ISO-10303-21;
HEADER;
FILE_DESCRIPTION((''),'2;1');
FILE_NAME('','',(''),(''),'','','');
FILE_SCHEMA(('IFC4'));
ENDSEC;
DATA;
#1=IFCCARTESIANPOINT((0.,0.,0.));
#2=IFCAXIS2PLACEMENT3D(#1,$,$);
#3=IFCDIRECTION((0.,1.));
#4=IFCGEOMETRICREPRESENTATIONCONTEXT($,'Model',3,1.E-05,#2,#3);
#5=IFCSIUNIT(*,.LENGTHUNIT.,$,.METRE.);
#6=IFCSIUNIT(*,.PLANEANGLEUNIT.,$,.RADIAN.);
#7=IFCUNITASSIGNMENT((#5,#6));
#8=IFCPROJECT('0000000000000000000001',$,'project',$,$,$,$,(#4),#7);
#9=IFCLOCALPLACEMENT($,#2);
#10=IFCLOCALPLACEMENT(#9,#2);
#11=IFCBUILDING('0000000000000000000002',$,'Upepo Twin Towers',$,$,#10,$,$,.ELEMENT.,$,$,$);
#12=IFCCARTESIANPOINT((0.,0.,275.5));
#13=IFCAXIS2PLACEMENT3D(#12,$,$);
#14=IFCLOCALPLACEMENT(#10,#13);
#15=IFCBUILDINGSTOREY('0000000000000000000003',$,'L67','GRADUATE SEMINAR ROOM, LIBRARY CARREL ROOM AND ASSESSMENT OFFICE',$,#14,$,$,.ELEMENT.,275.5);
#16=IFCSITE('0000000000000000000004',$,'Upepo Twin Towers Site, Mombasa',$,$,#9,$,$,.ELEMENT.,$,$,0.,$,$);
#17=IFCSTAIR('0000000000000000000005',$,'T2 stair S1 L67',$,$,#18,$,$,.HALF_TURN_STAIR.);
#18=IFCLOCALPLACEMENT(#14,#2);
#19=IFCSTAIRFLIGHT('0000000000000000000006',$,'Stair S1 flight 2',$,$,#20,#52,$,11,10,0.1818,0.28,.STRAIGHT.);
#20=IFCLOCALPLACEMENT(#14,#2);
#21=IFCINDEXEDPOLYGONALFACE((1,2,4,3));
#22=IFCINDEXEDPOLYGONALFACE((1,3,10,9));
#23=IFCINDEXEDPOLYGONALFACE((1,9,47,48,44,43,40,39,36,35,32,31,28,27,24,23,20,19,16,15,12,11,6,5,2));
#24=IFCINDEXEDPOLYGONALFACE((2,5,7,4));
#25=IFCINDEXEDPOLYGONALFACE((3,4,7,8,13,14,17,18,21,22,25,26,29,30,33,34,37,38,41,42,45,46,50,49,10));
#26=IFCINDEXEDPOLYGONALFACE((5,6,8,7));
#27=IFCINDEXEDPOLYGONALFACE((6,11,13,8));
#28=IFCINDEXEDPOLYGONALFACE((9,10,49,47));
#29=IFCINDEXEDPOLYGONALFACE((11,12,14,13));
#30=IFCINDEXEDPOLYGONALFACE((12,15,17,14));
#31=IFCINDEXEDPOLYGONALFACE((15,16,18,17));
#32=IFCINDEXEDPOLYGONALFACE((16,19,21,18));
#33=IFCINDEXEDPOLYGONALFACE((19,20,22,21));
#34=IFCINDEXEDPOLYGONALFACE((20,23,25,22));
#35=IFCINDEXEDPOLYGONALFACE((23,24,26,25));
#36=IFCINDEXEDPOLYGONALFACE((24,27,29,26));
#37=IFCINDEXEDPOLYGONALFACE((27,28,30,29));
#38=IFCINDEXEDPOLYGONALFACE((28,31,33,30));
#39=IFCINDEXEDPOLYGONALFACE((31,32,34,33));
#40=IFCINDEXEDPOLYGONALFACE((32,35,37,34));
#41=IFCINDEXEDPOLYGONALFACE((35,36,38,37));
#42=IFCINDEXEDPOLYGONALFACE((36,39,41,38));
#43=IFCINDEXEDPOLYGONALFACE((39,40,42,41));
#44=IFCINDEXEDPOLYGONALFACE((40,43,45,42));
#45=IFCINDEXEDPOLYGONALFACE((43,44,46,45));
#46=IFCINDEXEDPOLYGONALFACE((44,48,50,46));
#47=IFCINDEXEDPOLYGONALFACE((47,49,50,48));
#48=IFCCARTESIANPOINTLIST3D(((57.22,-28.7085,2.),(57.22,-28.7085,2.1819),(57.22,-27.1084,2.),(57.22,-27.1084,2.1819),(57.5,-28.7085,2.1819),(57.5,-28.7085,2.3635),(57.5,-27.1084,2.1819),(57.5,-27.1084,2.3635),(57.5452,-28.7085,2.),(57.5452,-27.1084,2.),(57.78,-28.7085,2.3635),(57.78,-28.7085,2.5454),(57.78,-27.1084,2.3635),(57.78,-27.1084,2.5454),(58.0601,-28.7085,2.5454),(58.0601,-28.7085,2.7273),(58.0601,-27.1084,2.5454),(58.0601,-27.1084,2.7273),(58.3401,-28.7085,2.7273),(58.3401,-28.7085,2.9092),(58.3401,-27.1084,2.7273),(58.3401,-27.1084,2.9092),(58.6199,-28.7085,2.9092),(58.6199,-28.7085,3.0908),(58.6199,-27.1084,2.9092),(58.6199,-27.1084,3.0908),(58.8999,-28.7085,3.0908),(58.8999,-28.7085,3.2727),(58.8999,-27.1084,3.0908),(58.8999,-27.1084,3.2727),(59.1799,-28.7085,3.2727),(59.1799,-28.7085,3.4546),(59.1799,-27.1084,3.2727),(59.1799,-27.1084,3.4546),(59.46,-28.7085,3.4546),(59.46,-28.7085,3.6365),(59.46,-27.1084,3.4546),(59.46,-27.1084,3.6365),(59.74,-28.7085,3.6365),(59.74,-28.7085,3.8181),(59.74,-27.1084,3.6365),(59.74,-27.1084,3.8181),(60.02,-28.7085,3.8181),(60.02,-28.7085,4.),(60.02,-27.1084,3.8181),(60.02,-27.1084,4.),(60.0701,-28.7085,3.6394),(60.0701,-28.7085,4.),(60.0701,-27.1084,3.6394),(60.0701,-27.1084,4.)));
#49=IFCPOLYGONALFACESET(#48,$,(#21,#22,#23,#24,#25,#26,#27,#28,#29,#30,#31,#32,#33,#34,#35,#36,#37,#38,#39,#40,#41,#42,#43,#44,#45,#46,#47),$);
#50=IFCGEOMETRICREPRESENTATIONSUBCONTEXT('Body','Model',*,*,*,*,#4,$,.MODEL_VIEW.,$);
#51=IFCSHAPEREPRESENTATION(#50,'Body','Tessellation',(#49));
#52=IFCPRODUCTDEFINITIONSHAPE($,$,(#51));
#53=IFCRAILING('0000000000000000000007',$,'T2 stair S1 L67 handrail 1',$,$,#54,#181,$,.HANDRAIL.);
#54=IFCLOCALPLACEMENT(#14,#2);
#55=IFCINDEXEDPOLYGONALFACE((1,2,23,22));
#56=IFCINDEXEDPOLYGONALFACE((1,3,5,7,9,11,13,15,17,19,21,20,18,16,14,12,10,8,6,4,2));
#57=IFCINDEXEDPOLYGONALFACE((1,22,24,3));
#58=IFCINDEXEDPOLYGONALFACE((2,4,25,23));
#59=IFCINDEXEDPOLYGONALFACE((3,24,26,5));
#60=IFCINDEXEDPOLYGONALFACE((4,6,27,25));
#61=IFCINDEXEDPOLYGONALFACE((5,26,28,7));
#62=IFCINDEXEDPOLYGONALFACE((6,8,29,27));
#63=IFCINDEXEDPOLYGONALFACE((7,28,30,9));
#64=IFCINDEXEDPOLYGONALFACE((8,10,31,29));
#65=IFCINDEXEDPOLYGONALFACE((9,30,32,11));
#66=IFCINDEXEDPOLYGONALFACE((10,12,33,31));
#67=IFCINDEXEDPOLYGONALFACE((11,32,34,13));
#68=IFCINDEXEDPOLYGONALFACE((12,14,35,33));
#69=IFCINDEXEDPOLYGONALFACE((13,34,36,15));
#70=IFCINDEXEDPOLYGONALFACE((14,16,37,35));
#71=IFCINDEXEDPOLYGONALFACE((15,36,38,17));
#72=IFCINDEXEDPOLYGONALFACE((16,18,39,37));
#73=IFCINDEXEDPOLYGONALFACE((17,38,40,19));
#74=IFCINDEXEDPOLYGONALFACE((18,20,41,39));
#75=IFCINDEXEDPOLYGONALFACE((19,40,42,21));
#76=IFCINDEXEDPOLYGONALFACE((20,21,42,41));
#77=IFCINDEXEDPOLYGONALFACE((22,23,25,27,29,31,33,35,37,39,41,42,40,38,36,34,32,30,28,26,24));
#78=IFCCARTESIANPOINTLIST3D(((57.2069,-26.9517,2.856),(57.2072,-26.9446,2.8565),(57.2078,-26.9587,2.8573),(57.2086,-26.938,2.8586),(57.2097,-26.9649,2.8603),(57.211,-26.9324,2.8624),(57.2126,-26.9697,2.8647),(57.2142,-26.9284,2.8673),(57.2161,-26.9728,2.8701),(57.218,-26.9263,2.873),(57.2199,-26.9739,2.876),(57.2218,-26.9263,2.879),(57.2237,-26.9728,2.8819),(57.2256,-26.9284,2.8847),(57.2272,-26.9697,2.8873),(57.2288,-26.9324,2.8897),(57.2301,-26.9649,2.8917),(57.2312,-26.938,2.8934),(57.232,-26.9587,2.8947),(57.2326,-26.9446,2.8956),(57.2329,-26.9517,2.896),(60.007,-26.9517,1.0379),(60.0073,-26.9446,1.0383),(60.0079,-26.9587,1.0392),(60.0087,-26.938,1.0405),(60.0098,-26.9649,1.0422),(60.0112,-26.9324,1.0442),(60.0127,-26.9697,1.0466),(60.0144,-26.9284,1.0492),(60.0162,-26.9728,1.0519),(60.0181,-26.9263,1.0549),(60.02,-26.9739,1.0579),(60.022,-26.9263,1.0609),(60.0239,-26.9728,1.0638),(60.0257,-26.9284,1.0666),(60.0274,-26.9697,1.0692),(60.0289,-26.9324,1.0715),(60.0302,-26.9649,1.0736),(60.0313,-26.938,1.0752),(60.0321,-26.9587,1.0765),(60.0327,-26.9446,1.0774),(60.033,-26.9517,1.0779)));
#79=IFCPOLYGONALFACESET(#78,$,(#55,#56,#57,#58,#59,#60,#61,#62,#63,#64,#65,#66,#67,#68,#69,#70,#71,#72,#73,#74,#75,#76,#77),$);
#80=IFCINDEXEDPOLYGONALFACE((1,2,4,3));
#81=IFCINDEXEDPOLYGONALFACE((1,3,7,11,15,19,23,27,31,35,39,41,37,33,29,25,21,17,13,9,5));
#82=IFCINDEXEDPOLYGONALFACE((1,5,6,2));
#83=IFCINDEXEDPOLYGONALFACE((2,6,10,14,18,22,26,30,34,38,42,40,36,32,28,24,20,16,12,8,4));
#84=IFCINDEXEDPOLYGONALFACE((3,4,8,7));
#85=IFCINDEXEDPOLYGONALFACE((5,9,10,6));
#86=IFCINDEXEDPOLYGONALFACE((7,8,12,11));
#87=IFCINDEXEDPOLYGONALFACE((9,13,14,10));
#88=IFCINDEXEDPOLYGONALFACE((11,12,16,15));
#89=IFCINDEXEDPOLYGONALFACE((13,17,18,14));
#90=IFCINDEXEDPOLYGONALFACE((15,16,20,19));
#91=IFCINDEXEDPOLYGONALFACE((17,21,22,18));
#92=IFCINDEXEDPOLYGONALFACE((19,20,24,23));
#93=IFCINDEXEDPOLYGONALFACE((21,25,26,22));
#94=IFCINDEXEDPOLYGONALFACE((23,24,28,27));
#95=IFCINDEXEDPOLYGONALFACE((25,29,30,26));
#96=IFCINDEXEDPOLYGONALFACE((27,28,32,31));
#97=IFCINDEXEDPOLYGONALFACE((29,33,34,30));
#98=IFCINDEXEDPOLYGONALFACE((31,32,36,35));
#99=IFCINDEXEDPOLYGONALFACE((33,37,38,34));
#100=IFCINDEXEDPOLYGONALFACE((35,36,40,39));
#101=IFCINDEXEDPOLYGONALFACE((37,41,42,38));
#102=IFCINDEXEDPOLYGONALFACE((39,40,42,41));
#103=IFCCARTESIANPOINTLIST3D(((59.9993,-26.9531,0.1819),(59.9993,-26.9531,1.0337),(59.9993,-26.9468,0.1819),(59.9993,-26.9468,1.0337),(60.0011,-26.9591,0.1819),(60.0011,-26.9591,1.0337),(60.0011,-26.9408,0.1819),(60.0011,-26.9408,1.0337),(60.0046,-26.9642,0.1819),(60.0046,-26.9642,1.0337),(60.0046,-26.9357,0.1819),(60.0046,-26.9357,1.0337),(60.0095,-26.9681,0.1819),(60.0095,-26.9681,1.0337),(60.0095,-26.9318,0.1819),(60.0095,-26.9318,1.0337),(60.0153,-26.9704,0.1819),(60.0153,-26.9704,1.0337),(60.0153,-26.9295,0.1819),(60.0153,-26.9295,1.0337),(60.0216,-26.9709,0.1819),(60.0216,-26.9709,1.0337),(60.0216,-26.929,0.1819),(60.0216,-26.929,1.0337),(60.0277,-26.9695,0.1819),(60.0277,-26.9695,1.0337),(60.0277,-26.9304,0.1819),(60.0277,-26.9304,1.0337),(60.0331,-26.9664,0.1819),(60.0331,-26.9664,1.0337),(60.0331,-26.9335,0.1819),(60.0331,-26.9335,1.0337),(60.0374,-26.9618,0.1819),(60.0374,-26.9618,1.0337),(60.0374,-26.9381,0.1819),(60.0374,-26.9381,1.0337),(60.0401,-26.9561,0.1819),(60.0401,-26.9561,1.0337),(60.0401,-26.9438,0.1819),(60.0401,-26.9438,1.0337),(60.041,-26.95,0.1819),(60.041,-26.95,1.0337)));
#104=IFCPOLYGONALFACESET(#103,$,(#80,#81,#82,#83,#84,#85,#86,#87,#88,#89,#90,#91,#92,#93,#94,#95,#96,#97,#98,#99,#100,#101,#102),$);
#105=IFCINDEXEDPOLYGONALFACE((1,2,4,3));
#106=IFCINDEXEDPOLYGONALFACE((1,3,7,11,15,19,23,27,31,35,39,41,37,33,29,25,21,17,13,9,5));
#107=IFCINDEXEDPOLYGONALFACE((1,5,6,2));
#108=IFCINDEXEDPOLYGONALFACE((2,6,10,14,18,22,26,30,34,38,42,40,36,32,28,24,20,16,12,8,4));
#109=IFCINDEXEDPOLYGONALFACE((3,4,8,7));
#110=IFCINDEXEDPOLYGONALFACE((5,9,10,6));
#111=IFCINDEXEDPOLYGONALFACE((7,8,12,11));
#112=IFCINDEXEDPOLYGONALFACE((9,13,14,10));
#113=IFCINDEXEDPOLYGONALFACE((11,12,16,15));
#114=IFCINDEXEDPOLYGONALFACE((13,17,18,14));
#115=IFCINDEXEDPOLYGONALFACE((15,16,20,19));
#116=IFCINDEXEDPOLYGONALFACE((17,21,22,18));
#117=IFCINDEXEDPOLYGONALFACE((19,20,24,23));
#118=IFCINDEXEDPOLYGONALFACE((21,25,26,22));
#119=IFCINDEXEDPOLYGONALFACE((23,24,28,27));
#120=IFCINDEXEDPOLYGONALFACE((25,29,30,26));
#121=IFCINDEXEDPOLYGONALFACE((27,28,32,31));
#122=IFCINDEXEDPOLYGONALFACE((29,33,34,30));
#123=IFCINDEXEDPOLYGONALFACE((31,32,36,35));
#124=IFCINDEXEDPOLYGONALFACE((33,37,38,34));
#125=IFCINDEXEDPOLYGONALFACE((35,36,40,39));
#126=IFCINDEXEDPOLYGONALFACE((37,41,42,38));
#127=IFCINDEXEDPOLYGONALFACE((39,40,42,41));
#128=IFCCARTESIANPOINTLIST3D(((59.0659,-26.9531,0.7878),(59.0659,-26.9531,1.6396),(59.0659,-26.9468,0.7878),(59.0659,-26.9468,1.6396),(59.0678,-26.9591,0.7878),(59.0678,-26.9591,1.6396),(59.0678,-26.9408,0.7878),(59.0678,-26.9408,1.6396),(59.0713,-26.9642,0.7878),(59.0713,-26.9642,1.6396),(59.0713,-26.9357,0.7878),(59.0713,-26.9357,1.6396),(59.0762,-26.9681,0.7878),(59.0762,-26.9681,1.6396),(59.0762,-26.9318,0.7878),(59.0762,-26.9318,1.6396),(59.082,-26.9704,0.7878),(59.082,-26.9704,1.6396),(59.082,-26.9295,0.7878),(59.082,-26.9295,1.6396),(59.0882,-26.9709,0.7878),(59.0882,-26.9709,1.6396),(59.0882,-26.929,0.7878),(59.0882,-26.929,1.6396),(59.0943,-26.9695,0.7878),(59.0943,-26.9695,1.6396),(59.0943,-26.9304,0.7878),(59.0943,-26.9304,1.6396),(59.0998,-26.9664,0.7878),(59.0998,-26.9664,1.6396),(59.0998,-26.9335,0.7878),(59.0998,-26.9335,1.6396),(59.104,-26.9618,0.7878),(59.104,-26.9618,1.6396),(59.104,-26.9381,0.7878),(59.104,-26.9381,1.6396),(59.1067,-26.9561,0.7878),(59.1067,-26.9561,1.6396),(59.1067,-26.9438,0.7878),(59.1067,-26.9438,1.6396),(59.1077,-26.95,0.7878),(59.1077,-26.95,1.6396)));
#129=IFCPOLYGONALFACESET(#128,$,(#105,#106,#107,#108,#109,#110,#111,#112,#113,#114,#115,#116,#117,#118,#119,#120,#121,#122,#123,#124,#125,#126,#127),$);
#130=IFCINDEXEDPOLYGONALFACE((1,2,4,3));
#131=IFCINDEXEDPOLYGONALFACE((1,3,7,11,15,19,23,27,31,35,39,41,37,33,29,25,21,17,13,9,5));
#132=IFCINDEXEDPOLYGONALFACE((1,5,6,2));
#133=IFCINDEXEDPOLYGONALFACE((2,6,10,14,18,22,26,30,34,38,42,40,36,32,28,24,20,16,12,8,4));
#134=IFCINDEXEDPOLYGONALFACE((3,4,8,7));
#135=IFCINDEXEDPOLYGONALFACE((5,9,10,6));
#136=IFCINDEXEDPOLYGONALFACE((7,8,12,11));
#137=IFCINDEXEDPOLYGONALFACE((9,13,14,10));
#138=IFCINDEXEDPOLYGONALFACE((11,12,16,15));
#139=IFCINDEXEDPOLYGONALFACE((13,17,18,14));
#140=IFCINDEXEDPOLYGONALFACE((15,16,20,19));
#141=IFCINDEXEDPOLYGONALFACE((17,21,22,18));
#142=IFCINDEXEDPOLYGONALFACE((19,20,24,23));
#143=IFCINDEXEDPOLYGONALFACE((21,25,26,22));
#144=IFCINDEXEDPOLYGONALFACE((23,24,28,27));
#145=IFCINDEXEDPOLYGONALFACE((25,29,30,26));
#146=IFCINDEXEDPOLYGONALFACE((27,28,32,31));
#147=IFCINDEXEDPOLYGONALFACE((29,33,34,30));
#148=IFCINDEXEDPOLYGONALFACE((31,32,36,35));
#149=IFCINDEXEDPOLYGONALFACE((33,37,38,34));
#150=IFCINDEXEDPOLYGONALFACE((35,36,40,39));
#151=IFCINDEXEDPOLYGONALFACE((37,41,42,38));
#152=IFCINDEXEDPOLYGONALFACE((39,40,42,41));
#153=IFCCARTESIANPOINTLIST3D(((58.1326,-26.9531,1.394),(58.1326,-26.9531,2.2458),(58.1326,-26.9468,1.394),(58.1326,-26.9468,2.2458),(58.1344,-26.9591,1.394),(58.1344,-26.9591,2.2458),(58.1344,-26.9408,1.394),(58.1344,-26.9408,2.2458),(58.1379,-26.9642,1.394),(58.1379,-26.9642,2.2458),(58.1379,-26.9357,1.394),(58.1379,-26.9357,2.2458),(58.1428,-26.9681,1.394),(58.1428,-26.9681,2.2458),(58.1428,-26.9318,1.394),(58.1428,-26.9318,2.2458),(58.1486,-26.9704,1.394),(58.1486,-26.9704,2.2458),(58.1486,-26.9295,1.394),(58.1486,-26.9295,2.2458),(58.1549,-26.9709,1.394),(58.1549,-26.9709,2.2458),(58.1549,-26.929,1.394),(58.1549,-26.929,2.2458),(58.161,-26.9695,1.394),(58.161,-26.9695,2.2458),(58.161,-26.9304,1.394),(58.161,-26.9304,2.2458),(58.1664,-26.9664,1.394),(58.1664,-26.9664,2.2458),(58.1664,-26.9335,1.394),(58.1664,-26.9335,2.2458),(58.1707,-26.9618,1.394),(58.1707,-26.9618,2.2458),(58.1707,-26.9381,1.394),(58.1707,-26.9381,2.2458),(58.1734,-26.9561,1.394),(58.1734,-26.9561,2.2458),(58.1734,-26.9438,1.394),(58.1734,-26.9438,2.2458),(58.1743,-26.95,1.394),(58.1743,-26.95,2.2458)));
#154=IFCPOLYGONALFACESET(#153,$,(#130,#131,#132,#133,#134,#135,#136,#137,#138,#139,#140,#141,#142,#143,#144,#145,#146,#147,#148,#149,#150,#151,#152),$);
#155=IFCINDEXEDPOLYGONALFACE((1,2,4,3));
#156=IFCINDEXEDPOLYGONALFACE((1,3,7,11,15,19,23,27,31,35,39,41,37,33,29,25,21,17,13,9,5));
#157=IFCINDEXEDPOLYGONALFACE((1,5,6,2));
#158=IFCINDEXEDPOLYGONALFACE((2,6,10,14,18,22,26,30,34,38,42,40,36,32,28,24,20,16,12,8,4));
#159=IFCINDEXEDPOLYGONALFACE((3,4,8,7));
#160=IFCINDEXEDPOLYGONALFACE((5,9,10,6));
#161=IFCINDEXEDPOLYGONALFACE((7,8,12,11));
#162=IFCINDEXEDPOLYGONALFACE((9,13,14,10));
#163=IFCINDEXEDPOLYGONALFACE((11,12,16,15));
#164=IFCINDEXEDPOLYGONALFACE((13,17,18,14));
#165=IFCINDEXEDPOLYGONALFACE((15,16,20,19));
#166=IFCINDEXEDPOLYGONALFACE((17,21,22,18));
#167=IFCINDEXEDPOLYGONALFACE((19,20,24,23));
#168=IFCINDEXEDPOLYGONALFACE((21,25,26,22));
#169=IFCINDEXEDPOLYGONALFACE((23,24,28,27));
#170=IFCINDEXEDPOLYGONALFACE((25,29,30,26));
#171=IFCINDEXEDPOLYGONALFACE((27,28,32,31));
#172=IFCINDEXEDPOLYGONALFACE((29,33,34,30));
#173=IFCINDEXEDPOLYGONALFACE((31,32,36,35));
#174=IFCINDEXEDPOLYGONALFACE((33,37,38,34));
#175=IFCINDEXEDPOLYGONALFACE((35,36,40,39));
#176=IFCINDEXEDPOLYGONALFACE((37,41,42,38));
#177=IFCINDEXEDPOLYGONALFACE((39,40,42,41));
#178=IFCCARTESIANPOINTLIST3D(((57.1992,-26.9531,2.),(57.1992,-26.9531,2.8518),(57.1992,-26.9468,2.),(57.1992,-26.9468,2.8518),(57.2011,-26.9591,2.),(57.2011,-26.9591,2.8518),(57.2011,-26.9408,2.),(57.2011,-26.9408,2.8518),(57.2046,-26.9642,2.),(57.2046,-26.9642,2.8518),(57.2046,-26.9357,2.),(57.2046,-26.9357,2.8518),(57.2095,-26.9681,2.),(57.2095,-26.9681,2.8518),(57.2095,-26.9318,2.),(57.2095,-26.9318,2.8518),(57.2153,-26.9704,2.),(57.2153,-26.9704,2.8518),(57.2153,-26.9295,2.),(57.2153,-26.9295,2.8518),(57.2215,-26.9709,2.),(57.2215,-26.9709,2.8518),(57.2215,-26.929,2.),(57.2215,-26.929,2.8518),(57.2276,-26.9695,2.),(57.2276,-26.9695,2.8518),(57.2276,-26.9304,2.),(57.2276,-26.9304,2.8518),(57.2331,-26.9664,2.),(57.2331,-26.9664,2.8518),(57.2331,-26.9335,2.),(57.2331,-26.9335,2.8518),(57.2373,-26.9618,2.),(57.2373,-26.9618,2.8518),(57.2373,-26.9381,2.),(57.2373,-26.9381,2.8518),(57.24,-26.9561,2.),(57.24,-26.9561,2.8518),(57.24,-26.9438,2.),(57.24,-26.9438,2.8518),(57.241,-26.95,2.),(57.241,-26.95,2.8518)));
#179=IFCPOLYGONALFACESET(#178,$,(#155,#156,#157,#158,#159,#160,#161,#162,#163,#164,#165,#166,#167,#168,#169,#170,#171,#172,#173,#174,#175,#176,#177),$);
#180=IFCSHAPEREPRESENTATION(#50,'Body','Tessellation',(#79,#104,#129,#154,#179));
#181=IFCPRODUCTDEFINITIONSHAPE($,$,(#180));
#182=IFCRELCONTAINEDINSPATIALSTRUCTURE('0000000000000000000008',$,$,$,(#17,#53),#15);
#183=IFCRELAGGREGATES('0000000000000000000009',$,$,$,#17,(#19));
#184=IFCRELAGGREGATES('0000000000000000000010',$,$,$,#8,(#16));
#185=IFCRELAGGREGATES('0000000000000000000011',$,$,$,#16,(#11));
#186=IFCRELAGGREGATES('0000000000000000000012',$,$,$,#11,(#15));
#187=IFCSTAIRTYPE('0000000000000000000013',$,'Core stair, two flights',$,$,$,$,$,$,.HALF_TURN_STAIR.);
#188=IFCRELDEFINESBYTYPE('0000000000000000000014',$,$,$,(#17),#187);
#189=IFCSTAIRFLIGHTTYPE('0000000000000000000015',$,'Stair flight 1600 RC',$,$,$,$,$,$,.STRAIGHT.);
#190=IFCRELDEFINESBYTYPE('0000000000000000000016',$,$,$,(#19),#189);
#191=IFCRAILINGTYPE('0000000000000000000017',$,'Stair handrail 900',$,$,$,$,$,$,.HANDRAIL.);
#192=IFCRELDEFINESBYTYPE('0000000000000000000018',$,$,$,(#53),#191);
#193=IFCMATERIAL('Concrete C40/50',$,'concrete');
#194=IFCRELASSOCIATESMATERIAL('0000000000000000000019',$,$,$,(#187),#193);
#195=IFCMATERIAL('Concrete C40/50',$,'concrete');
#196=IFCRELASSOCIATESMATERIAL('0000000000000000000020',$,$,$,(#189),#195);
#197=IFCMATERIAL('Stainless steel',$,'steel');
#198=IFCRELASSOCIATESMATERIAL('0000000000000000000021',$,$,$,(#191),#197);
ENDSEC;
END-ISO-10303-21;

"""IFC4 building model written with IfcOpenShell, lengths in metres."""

from ifc_helpers import new_model, si_unit, direction, frame, origin, origin_2d, place, context, subcontext, project, spatial, polyline, circle, outline, extrude, material, type_object, element, aggregate, save


model = new_model("IFC4")

# Units and contexts
model_context = context("Model", 3, precision=1e-05, world=origin(), true_north=direction((0.0, 1.0)))
body_context = subcontext(model_context, "Body", "Model", "MODEL_VIEW")
ifc_project = project(units=[si_unit("LENGTHUNIT", "METRE"), si_unit("PLANEANGLEUNIT", "RADIAN")], contexts=[model_context])

# Site, building, storey
site_placement = place(None, origin())
site = spatial("IfcSite", under=ifc_project, at=site_placement, Name="Upepo Twin Towers Site, Mombasa", CompositionType="ELEMENT", RefElevation=0.0)
building_placement = place(site_placement, origin())
building = spatial("IfcBuilding", under=site, at=building_placement, Name="Upepo Twin Towers", CompositionType="ELEMENT")
storey_placement = place(building_placement, frame((0.0, 0.0, 275.5)))
storey = spatial("IfcBuildingStorey", under=building, at=storey_placement, Name="L67", Description="GRADUATE SEMINAR ROOM, LIBRARY CARREL ROOM AND ASSESSMENT OFFICE", CompositionType="ELEMENT", Elevation=275.5)

# Stair, stair flight
ifc_material_1 = material(Name="Concrete C40/50", Category="concrete")
stair_type = type_object("IfcStairType", Name="Core stair, two flights", PredefinedType="HALF_TURN_STAIR", material=ifc_material_1)
stair_placement = place(storey_placement, origin())
stair = element("IfcStair", 1, at=stair_placement, inside=storey, type_object=stair_type, Name="T2 stair S1 L67", PredefinedType="HALF_TURN_STAIR")
ifc_material_2 = material(Name="Concrete C40/50", Category="concrete")
stair_flight_type = type_object("IfcStairFlightType", Name="Stair flight 1600 RC", PredefinedType="STRAIGHT", material=ifc_material_2)
stair_flight_1_placement = place(storey_placement, frame((57.22, -27.9084, 2.0), z_axis=(0.0, 0.0, 1.0), x_axis=(1.0, 0.0, 0.0)))
stair_flight_1 = element("IfcStairFlight", 2, at=stair_flight_1_placement, type_object=stair_flight_type, Name="Stair S1 flight 2", NumberOfRisers=11, NumberOfTreads=10, PredefinedType="STRAIGHT", RiserHeight=0.1818, TreadLength=0.28, context=body_context, shape_type="SweptSolid", body=[
    extrude(outline(polyline([(0.0, 0.0), (0.0, 0.1819), (0.28, 0.1819), (0.28, 0.3635), (0.5601, 0.3635), (0.5601, 0.5454), (0.8401, 0.5454), (0.8401, 0.7273), (1.1201, 0.7273), (1.1201, 0.9092), (1.3999, 0.9092), (1.3999, 1.0908), (1.6799, 1.0908), (1.6799, 1.2727), (1.96, 1.2727), (1.96, 1.4546), (2.24, 1.4546), (2.24, 1.6365), (2.52, 1.6365), (2.52, 1.8181), (2.8, 1.8181), (2.8, 2.0), (2.8501, 2.0), (2.8501, 1.6394), (0.3252, 0.0), (0.0, 0.0)])), frame((0.0, 0.8, 0.0), z_axis=(0.0, -1.0, 0.0), x_axis=(1.0, 0.0, 0.0)), (0.0, 0.0, 1.0), 1.6001),
])
aggregate(stair, [stair_flight_1])

# Railing
ifc_material_3 = material(Name="Stainless steel", Category="steel")
railing_type = type_object("IfcRailingType", Name="Stair handrail 900", PredefinedType="HANDRAIL", material=ifc_material_3)
railing_1_placement = place(storey_placement, frame((60.02, -26.95, 0.1819)))
element("IfcRailing", 3, at=railing_1_placement, inside=storey, type_object=railing_type, Name="T2 stair S1 L67 handrail 1", PredefinedType="HANDRAIL", context=body_context, shape_type="SweptSolid", body=[
    extrude(circle(Radius=0.0239, at=origin_2d()), frame((0.0, 0.0, 0.876), z_axis=(-0.838706, 0.0, 0.544585), x_axis=(0.0, -1.0, 0.0)), (0.0, 0.0, 1.0), 3.3386),
    extrude(circle(Radius=0.021, at=origin_2d()), origin(), (0.0, 0.0, 1.0), 0.8518),
    extrude(circle(Radius=0.021, at=origin_2d()), frame((-0.9333, 0.0, 0.606)), (0.0, 0.0, 1.0), 0.8518),
    extrude(circle(Radius=0.021, at=origin_2d()), frame((-1.8667, 0.0, 1.2122)), (0.0, 0.0, 1.0), 0.8518),
    extrude(circle(Radius=0.021, at=origin_2d()), frame((-2.8, 0.0, 1.8181)), (0.0, 0.0, 1.0), 0.8518),
])

save(model, "model.ifc")
